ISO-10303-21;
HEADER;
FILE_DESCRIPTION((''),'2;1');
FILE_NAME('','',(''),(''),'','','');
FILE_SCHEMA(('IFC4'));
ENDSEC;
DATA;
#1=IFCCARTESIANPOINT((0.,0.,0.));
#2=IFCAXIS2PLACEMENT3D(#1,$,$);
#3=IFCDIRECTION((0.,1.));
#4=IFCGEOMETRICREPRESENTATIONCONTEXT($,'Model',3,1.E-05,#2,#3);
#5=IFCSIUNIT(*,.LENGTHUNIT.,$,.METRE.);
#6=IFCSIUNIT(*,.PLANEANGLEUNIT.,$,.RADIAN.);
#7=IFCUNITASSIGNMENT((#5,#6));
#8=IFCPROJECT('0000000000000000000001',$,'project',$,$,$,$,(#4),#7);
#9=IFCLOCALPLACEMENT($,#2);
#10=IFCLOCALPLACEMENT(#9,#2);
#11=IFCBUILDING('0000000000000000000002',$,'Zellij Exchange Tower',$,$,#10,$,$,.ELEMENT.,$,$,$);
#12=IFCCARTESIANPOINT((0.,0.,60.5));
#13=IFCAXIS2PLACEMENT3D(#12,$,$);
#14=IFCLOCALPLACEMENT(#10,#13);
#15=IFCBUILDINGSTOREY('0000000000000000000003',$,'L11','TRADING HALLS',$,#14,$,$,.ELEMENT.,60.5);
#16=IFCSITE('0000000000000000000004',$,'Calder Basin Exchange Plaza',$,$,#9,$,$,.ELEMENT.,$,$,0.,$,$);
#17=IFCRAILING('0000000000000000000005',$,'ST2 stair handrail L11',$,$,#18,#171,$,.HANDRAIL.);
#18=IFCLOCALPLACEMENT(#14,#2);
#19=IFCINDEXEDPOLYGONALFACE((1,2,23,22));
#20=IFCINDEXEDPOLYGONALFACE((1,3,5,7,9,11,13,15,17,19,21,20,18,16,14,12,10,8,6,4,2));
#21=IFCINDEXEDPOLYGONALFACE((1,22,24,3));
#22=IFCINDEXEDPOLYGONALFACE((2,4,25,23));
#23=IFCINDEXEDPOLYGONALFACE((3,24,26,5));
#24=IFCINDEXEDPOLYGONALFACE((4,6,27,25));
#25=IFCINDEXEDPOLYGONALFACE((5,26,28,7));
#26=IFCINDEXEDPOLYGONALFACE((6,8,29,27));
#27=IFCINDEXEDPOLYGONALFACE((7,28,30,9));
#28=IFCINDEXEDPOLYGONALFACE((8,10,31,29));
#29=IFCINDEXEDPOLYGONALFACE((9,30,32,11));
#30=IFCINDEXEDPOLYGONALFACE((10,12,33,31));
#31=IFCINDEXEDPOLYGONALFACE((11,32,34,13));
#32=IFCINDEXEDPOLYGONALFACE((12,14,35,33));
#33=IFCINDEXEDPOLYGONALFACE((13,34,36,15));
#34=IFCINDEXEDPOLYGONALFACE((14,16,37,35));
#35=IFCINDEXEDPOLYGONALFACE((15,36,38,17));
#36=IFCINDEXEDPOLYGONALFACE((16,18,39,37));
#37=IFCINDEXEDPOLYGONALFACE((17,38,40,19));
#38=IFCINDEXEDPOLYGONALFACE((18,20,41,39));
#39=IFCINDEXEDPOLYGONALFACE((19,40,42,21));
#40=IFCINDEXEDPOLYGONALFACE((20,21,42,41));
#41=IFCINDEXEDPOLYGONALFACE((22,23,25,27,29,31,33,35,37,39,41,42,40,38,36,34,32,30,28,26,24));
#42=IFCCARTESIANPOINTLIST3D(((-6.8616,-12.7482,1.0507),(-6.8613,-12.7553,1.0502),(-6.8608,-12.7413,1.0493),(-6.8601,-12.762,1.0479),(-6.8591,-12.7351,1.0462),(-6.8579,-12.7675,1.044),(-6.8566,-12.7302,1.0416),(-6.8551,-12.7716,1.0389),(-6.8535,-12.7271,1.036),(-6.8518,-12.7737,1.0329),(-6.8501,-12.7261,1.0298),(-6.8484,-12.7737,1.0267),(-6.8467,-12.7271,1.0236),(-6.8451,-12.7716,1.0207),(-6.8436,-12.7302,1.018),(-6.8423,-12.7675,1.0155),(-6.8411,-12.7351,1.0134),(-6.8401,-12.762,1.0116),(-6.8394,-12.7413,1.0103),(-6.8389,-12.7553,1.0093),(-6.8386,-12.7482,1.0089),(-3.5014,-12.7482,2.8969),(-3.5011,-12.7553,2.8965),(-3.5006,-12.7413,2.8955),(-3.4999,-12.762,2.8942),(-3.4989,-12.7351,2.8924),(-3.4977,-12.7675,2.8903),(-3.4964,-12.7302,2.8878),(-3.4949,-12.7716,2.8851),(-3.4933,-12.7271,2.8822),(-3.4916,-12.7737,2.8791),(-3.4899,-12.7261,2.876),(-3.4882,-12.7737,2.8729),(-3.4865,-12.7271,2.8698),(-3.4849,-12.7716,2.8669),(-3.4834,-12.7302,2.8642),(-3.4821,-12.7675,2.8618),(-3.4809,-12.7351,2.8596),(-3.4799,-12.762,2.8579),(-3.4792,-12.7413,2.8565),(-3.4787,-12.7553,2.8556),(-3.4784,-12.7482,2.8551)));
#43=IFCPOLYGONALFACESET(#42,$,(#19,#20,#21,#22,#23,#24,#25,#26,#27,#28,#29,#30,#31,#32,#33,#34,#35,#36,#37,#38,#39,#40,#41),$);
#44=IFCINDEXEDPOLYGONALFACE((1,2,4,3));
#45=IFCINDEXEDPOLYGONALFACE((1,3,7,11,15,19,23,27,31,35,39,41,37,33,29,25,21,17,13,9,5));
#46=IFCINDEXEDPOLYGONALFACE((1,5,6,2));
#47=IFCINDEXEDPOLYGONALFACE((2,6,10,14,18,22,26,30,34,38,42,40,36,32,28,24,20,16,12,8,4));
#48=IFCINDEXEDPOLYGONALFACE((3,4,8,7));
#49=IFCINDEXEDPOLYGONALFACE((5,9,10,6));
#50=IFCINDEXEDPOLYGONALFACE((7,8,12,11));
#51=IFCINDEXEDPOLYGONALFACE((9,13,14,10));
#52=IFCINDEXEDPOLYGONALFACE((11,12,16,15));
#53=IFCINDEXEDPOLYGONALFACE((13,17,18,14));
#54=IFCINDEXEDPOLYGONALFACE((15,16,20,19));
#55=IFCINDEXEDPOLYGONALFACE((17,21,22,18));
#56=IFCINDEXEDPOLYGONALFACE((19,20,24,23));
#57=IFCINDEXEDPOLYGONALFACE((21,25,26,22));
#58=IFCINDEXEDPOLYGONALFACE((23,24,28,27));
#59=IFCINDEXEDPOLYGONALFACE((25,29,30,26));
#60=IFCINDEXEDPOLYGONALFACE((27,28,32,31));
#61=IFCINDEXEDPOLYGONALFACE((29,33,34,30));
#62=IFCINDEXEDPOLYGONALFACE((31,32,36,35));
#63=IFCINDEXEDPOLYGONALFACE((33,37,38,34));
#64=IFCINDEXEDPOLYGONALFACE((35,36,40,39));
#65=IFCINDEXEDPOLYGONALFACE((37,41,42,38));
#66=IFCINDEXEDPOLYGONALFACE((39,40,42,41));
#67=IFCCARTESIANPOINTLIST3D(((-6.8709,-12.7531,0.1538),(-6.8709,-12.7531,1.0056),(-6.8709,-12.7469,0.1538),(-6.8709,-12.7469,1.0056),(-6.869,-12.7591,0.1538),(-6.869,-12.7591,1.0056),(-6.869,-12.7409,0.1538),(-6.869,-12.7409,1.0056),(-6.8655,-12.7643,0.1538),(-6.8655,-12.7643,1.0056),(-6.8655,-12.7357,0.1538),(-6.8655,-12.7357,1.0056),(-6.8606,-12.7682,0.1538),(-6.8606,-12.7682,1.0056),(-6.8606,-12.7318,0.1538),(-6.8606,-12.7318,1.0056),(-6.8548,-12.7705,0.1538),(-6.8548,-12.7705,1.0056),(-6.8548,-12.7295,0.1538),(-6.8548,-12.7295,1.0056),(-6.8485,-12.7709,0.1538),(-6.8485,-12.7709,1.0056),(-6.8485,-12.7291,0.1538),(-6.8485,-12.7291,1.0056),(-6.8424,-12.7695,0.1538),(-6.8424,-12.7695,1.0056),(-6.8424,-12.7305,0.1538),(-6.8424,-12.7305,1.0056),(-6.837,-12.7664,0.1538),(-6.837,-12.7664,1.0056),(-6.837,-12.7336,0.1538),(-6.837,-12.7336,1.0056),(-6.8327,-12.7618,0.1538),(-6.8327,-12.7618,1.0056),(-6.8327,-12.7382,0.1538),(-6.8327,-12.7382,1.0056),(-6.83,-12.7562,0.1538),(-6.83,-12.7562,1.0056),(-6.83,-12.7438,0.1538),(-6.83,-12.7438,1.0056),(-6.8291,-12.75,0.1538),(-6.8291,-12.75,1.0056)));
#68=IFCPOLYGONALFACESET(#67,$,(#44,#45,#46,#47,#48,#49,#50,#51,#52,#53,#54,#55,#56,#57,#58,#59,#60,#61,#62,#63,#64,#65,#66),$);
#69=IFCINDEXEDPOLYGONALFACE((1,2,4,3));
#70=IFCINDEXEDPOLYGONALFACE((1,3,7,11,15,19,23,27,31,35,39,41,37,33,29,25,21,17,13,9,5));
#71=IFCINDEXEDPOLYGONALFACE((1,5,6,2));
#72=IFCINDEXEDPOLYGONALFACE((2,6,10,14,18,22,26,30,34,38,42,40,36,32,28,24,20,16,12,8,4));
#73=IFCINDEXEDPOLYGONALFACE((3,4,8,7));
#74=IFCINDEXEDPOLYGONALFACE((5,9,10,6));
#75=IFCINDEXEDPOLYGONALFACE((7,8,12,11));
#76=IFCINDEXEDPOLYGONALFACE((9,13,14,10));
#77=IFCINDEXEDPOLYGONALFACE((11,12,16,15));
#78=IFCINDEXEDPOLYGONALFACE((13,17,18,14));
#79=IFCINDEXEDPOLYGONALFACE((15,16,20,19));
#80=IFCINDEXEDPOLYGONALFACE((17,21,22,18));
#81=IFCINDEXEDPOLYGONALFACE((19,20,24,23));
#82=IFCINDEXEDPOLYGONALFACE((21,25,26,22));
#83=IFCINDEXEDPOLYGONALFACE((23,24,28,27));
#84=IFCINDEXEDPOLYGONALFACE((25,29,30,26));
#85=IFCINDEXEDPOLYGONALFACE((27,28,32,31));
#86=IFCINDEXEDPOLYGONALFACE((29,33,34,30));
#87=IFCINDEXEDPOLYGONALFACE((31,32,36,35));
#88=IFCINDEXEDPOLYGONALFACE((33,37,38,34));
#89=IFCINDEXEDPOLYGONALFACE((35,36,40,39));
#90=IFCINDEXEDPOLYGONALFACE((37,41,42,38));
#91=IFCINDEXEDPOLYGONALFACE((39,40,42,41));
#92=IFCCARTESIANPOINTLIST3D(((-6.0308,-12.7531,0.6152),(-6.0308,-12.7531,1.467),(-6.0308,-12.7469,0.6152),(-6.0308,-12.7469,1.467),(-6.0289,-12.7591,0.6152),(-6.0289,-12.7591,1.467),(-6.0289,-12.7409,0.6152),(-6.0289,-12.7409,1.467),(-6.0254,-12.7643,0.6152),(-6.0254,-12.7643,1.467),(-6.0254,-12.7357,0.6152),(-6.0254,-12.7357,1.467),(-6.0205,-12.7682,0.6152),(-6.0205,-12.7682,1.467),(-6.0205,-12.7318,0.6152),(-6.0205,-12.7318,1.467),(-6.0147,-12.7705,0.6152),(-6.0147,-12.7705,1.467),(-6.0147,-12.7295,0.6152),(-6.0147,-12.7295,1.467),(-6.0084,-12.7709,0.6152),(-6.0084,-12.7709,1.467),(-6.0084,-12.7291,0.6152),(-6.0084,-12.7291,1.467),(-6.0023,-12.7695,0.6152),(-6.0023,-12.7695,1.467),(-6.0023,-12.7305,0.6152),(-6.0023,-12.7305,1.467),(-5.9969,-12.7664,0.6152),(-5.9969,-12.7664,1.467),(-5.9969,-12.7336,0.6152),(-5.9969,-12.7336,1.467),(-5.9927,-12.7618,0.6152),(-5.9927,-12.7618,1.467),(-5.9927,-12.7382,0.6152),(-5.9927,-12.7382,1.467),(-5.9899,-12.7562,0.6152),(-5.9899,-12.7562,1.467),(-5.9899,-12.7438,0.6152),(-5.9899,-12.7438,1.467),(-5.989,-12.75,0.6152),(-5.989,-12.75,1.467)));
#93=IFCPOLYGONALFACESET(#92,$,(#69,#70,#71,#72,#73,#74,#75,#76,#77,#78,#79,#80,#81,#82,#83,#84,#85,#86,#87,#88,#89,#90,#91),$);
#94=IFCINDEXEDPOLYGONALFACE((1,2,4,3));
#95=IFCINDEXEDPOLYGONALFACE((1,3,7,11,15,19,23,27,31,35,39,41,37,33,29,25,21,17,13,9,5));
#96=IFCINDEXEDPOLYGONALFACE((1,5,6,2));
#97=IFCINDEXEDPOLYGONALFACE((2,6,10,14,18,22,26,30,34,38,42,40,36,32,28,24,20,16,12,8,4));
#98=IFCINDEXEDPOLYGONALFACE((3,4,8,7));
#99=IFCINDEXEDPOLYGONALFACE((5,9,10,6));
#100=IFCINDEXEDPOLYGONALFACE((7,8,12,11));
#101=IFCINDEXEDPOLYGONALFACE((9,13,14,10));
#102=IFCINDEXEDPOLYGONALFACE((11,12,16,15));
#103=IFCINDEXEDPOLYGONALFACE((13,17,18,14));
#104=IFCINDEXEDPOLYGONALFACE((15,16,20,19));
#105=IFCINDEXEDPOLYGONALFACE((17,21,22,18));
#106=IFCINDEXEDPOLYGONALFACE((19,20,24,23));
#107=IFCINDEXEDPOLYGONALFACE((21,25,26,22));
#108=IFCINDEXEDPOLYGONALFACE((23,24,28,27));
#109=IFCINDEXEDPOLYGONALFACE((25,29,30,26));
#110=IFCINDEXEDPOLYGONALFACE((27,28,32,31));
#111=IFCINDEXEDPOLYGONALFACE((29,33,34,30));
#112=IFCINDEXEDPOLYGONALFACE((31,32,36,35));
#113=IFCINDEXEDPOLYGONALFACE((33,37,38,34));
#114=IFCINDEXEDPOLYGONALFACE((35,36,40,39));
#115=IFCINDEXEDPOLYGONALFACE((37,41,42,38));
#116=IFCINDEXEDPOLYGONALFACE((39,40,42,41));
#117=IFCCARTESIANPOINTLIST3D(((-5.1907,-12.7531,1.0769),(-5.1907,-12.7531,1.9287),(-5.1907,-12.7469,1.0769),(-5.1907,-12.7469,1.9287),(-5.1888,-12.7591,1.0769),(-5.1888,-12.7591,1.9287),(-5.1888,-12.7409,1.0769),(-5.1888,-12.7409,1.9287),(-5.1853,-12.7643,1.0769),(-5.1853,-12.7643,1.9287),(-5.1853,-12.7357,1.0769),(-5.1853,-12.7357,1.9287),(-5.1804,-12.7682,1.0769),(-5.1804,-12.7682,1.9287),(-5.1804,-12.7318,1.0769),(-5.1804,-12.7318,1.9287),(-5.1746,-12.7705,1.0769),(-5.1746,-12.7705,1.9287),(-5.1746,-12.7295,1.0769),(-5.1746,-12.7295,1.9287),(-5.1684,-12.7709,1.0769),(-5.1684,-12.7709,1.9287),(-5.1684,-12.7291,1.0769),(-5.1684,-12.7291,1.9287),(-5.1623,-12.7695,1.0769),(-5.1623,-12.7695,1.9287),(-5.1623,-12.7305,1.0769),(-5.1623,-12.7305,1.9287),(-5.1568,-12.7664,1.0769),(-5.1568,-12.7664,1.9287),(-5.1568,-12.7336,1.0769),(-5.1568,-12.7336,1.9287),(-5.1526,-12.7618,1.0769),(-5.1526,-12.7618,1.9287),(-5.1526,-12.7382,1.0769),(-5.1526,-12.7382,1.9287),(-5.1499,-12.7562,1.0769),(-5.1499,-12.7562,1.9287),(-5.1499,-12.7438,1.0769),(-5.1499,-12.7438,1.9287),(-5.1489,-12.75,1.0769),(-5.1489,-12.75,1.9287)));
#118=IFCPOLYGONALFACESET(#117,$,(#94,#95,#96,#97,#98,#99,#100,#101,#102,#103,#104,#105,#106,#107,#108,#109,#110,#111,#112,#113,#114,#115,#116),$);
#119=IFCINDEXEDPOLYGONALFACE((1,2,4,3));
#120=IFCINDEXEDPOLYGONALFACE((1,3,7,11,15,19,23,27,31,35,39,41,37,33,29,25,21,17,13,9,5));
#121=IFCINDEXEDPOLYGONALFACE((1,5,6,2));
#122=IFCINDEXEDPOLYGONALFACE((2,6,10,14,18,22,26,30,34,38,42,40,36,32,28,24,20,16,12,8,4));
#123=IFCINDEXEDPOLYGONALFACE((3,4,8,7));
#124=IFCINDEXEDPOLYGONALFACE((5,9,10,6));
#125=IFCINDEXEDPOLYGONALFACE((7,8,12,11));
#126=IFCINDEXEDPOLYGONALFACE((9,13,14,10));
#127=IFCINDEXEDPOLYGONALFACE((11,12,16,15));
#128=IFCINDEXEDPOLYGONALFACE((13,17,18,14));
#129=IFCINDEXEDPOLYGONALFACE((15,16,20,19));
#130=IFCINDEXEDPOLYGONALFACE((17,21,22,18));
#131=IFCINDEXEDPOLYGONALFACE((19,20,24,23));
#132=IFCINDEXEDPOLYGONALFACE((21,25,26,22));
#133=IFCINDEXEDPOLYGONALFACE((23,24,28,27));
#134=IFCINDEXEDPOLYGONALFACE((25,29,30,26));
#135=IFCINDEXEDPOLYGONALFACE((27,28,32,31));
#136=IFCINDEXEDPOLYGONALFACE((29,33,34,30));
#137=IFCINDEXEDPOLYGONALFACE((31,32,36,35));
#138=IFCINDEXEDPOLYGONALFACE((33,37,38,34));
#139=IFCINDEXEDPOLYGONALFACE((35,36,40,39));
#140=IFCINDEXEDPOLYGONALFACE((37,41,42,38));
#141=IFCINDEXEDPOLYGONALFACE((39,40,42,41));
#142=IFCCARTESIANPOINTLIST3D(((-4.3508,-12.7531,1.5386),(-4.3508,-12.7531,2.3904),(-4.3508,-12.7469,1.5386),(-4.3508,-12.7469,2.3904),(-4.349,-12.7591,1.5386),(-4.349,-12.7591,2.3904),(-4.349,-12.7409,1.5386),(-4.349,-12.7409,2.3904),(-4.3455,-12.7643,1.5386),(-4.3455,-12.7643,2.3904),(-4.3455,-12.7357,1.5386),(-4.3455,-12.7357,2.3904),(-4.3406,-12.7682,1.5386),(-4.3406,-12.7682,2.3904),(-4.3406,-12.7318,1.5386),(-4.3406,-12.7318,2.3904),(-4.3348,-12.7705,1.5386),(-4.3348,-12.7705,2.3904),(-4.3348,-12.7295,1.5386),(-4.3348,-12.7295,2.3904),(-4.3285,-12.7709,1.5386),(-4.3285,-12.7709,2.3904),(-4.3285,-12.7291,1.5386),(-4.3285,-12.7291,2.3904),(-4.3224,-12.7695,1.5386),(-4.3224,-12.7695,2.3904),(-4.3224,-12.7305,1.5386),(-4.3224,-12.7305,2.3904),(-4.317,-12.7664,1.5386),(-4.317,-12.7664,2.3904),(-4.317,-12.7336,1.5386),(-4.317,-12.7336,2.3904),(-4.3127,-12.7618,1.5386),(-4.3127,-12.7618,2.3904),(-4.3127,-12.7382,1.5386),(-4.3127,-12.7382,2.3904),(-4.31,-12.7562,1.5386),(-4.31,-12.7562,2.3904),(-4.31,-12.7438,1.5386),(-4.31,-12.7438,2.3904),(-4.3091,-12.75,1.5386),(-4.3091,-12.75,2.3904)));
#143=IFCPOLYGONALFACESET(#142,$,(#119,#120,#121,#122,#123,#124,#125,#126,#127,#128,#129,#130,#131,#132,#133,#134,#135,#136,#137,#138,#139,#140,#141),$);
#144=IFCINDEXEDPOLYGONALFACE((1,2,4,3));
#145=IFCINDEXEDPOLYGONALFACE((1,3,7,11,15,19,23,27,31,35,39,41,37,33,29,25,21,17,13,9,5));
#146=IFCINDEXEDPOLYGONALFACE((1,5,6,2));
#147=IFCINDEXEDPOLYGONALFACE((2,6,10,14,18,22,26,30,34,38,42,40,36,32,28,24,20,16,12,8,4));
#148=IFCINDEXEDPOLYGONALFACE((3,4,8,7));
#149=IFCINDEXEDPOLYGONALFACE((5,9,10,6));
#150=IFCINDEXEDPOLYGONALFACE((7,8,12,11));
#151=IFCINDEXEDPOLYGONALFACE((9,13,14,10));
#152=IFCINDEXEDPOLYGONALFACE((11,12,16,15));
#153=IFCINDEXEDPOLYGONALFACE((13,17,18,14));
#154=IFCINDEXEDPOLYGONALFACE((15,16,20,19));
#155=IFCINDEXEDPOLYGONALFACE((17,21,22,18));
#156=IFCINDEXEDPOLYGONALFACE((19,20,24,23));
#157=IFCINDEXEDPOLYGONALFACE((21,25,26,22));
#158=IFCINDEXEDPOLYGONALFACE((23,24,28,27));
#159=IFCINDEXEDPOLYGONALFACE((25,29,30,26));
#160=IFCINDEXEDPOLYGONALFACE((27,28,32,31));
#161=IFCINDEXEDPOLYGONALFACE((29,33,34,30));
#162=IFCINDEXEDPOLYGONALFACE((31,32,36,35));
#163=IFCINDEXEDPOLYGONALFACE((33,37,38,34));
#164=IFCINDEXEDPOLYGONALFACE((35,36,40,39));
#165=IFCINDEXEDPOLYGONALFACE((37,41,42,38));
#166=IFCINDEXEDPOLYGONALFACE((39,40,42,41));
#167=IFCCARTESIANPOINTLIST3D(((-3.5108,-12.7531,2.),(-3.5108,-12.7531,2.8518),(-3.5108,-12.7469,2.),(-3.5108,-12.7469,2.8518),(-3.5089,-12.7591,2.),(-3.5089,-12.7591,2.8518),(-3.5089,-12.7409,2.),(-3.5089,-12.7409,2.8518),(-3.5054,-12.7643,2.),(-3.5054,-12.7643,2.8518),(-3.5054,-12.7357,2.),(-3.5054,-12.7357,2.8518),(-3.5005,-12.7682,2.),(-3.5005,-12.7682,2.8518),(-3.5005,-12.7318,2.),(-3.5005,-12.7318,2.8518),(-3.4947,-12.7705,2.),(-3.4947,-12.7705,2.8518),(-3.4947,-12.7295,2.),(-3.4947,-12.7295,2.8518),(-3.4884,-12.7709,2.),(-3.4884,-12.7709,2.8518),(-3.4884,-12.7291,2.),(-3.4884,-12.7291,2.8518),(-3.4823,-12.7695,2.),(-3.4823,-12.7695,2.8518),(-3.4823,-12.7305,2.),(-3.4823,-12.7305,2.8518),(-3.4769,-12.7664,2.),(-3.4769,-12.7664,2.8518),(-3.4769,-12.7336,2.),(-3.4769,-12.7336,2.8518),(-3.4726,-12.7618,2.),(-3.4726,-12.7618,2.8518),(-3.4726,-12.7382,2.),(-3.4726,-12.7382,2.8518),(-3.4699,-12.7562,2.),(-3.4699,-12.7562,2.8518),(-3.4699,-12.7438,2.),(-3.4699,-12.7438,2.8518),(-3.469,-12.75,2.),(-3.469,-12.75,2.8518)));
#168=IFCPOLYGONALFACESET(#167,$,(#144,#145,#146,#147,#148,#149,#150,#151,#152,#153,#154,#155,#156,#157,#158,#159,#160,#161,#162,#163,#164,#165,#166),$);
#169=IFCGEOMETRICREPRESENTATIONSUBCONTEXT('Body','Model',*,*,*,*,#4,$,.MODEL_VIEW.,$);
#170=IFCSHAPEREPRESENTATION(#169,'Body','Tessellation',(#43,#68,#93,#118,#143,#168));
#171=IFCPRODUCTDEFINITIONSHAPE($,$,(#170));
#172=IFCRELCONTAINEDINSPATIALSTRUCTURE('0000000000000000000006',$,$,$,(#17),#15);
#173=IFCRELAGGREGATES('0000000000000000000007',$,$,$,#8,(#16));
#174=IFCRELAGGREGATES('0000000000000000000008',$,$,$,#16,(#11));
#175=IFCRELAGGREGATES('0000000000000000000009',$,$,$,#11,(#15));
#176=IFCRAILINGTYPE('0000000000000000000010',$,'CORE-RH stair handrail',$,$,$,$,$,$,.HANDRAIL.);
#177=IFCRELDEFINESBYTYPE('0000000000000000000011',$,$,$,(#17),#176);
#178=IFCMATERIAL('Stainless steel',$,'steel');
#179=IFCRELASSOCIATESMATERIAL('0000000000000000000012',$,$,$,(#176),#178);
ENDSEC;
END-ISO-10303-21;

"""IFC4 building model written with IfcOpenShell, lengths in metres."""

from ifc_helpers import new_model, si_unit, direction, frame, origin, origin_2d, place, context, subcontext, project, spatial, circle, extrude, material, type_object, element, save


model = new_model("IFC4")

# Units and contexts
model_context = context("Model", 3, precision=1e-05, world=origin(), true_north=direction((0.0, 1.0)))
body_context = subcontext(model_context, "Body", "Model", "MODEL_VIEW")
ifc_project = project(units=[si_unit("LENGTHUNIT", "METRE"), si_unit("PLANEANGLEUNIT", "RADIAN")], contexts=[model_context])

# Site, building, storey
site_placement = place(None, origin())
site = spatial("IfcSite", under=ifc_project, at=site_placement, Name="Calder Basin Exchange Plaza", CompositionType="ELEMENT", RefElevation=0.0)
building_placement = place(site_placement, origin())
building = spatial("IfcBuilding", under=site, at=building_placement, Name="Zellij Exchange Tower", CompositionType="ELEMENT")
storey_placement = place(building_placement, frame((0.0, 0.0, 60.5)))
storey = spatial("IfcBuildingStorey", under=building, at=storey_placement, Name="L11", Description="TRADING HALLS", CompositionType="ELEMENT", Elevation=60.5)

# Railing
ifc_material_1 = material(Name="Stainless steel", Category="steel")
railing_type_1 = type_object("IfcRailingType", Name="CORE-RH stair handrail", PredefinedType="HANDRAIL", material=ifc_material_1)
railing_1_placement = place(storey_placement, frame((-6.8501, -12.75, 0.1538)))
element("IfcRailing", 1, at=railing_1_placement, inside=storey, type_object=railing_type_1, Name="ST2 stair handrail L11", PredefinedType="HANDRAIL", context=body_context, shape_type="SweptSolid", body=[
    extrude(circle(Radius=0.0239, at=origin_2d()), frame((0.0, 0.0, 0.876), z_axis=(0.876422, 0.0, 0.481545), x_axis=(0.0, 1.0, 0.0)), (0.0, 0.0, 1.0), 3.834),
    extrude(circle(Radius=0.021, at=origin_2d()), origin(), (0.0, 0.0, 1.0), 0.8518),
    extrude(circle(Radius=0.021, at=origin_2d()), frame((0.8401, 0.0, 0.4614)), (0.0, 0.0, 1.0), 0.8518),
    extrude(circle(Radius=0.021, at=origin_2d()), frame((1.6802, 0.0, 0.9231)), (0.0, 0.0, 1.0), 0.8518),
    extrude(circle(Radius=0.021, at=origin_2d()), frame((2.52, 0.0, 1.3848)), (0.0, 0.0, 1.0), 0.8518),
    extrude(circle(Radius=0.021, at=origin_2d()), frame((3.3601, 0.0, 1.8462)), (0.0, 0.0, 1.0), 0.8518),
])

save(model, "model.ifc")
